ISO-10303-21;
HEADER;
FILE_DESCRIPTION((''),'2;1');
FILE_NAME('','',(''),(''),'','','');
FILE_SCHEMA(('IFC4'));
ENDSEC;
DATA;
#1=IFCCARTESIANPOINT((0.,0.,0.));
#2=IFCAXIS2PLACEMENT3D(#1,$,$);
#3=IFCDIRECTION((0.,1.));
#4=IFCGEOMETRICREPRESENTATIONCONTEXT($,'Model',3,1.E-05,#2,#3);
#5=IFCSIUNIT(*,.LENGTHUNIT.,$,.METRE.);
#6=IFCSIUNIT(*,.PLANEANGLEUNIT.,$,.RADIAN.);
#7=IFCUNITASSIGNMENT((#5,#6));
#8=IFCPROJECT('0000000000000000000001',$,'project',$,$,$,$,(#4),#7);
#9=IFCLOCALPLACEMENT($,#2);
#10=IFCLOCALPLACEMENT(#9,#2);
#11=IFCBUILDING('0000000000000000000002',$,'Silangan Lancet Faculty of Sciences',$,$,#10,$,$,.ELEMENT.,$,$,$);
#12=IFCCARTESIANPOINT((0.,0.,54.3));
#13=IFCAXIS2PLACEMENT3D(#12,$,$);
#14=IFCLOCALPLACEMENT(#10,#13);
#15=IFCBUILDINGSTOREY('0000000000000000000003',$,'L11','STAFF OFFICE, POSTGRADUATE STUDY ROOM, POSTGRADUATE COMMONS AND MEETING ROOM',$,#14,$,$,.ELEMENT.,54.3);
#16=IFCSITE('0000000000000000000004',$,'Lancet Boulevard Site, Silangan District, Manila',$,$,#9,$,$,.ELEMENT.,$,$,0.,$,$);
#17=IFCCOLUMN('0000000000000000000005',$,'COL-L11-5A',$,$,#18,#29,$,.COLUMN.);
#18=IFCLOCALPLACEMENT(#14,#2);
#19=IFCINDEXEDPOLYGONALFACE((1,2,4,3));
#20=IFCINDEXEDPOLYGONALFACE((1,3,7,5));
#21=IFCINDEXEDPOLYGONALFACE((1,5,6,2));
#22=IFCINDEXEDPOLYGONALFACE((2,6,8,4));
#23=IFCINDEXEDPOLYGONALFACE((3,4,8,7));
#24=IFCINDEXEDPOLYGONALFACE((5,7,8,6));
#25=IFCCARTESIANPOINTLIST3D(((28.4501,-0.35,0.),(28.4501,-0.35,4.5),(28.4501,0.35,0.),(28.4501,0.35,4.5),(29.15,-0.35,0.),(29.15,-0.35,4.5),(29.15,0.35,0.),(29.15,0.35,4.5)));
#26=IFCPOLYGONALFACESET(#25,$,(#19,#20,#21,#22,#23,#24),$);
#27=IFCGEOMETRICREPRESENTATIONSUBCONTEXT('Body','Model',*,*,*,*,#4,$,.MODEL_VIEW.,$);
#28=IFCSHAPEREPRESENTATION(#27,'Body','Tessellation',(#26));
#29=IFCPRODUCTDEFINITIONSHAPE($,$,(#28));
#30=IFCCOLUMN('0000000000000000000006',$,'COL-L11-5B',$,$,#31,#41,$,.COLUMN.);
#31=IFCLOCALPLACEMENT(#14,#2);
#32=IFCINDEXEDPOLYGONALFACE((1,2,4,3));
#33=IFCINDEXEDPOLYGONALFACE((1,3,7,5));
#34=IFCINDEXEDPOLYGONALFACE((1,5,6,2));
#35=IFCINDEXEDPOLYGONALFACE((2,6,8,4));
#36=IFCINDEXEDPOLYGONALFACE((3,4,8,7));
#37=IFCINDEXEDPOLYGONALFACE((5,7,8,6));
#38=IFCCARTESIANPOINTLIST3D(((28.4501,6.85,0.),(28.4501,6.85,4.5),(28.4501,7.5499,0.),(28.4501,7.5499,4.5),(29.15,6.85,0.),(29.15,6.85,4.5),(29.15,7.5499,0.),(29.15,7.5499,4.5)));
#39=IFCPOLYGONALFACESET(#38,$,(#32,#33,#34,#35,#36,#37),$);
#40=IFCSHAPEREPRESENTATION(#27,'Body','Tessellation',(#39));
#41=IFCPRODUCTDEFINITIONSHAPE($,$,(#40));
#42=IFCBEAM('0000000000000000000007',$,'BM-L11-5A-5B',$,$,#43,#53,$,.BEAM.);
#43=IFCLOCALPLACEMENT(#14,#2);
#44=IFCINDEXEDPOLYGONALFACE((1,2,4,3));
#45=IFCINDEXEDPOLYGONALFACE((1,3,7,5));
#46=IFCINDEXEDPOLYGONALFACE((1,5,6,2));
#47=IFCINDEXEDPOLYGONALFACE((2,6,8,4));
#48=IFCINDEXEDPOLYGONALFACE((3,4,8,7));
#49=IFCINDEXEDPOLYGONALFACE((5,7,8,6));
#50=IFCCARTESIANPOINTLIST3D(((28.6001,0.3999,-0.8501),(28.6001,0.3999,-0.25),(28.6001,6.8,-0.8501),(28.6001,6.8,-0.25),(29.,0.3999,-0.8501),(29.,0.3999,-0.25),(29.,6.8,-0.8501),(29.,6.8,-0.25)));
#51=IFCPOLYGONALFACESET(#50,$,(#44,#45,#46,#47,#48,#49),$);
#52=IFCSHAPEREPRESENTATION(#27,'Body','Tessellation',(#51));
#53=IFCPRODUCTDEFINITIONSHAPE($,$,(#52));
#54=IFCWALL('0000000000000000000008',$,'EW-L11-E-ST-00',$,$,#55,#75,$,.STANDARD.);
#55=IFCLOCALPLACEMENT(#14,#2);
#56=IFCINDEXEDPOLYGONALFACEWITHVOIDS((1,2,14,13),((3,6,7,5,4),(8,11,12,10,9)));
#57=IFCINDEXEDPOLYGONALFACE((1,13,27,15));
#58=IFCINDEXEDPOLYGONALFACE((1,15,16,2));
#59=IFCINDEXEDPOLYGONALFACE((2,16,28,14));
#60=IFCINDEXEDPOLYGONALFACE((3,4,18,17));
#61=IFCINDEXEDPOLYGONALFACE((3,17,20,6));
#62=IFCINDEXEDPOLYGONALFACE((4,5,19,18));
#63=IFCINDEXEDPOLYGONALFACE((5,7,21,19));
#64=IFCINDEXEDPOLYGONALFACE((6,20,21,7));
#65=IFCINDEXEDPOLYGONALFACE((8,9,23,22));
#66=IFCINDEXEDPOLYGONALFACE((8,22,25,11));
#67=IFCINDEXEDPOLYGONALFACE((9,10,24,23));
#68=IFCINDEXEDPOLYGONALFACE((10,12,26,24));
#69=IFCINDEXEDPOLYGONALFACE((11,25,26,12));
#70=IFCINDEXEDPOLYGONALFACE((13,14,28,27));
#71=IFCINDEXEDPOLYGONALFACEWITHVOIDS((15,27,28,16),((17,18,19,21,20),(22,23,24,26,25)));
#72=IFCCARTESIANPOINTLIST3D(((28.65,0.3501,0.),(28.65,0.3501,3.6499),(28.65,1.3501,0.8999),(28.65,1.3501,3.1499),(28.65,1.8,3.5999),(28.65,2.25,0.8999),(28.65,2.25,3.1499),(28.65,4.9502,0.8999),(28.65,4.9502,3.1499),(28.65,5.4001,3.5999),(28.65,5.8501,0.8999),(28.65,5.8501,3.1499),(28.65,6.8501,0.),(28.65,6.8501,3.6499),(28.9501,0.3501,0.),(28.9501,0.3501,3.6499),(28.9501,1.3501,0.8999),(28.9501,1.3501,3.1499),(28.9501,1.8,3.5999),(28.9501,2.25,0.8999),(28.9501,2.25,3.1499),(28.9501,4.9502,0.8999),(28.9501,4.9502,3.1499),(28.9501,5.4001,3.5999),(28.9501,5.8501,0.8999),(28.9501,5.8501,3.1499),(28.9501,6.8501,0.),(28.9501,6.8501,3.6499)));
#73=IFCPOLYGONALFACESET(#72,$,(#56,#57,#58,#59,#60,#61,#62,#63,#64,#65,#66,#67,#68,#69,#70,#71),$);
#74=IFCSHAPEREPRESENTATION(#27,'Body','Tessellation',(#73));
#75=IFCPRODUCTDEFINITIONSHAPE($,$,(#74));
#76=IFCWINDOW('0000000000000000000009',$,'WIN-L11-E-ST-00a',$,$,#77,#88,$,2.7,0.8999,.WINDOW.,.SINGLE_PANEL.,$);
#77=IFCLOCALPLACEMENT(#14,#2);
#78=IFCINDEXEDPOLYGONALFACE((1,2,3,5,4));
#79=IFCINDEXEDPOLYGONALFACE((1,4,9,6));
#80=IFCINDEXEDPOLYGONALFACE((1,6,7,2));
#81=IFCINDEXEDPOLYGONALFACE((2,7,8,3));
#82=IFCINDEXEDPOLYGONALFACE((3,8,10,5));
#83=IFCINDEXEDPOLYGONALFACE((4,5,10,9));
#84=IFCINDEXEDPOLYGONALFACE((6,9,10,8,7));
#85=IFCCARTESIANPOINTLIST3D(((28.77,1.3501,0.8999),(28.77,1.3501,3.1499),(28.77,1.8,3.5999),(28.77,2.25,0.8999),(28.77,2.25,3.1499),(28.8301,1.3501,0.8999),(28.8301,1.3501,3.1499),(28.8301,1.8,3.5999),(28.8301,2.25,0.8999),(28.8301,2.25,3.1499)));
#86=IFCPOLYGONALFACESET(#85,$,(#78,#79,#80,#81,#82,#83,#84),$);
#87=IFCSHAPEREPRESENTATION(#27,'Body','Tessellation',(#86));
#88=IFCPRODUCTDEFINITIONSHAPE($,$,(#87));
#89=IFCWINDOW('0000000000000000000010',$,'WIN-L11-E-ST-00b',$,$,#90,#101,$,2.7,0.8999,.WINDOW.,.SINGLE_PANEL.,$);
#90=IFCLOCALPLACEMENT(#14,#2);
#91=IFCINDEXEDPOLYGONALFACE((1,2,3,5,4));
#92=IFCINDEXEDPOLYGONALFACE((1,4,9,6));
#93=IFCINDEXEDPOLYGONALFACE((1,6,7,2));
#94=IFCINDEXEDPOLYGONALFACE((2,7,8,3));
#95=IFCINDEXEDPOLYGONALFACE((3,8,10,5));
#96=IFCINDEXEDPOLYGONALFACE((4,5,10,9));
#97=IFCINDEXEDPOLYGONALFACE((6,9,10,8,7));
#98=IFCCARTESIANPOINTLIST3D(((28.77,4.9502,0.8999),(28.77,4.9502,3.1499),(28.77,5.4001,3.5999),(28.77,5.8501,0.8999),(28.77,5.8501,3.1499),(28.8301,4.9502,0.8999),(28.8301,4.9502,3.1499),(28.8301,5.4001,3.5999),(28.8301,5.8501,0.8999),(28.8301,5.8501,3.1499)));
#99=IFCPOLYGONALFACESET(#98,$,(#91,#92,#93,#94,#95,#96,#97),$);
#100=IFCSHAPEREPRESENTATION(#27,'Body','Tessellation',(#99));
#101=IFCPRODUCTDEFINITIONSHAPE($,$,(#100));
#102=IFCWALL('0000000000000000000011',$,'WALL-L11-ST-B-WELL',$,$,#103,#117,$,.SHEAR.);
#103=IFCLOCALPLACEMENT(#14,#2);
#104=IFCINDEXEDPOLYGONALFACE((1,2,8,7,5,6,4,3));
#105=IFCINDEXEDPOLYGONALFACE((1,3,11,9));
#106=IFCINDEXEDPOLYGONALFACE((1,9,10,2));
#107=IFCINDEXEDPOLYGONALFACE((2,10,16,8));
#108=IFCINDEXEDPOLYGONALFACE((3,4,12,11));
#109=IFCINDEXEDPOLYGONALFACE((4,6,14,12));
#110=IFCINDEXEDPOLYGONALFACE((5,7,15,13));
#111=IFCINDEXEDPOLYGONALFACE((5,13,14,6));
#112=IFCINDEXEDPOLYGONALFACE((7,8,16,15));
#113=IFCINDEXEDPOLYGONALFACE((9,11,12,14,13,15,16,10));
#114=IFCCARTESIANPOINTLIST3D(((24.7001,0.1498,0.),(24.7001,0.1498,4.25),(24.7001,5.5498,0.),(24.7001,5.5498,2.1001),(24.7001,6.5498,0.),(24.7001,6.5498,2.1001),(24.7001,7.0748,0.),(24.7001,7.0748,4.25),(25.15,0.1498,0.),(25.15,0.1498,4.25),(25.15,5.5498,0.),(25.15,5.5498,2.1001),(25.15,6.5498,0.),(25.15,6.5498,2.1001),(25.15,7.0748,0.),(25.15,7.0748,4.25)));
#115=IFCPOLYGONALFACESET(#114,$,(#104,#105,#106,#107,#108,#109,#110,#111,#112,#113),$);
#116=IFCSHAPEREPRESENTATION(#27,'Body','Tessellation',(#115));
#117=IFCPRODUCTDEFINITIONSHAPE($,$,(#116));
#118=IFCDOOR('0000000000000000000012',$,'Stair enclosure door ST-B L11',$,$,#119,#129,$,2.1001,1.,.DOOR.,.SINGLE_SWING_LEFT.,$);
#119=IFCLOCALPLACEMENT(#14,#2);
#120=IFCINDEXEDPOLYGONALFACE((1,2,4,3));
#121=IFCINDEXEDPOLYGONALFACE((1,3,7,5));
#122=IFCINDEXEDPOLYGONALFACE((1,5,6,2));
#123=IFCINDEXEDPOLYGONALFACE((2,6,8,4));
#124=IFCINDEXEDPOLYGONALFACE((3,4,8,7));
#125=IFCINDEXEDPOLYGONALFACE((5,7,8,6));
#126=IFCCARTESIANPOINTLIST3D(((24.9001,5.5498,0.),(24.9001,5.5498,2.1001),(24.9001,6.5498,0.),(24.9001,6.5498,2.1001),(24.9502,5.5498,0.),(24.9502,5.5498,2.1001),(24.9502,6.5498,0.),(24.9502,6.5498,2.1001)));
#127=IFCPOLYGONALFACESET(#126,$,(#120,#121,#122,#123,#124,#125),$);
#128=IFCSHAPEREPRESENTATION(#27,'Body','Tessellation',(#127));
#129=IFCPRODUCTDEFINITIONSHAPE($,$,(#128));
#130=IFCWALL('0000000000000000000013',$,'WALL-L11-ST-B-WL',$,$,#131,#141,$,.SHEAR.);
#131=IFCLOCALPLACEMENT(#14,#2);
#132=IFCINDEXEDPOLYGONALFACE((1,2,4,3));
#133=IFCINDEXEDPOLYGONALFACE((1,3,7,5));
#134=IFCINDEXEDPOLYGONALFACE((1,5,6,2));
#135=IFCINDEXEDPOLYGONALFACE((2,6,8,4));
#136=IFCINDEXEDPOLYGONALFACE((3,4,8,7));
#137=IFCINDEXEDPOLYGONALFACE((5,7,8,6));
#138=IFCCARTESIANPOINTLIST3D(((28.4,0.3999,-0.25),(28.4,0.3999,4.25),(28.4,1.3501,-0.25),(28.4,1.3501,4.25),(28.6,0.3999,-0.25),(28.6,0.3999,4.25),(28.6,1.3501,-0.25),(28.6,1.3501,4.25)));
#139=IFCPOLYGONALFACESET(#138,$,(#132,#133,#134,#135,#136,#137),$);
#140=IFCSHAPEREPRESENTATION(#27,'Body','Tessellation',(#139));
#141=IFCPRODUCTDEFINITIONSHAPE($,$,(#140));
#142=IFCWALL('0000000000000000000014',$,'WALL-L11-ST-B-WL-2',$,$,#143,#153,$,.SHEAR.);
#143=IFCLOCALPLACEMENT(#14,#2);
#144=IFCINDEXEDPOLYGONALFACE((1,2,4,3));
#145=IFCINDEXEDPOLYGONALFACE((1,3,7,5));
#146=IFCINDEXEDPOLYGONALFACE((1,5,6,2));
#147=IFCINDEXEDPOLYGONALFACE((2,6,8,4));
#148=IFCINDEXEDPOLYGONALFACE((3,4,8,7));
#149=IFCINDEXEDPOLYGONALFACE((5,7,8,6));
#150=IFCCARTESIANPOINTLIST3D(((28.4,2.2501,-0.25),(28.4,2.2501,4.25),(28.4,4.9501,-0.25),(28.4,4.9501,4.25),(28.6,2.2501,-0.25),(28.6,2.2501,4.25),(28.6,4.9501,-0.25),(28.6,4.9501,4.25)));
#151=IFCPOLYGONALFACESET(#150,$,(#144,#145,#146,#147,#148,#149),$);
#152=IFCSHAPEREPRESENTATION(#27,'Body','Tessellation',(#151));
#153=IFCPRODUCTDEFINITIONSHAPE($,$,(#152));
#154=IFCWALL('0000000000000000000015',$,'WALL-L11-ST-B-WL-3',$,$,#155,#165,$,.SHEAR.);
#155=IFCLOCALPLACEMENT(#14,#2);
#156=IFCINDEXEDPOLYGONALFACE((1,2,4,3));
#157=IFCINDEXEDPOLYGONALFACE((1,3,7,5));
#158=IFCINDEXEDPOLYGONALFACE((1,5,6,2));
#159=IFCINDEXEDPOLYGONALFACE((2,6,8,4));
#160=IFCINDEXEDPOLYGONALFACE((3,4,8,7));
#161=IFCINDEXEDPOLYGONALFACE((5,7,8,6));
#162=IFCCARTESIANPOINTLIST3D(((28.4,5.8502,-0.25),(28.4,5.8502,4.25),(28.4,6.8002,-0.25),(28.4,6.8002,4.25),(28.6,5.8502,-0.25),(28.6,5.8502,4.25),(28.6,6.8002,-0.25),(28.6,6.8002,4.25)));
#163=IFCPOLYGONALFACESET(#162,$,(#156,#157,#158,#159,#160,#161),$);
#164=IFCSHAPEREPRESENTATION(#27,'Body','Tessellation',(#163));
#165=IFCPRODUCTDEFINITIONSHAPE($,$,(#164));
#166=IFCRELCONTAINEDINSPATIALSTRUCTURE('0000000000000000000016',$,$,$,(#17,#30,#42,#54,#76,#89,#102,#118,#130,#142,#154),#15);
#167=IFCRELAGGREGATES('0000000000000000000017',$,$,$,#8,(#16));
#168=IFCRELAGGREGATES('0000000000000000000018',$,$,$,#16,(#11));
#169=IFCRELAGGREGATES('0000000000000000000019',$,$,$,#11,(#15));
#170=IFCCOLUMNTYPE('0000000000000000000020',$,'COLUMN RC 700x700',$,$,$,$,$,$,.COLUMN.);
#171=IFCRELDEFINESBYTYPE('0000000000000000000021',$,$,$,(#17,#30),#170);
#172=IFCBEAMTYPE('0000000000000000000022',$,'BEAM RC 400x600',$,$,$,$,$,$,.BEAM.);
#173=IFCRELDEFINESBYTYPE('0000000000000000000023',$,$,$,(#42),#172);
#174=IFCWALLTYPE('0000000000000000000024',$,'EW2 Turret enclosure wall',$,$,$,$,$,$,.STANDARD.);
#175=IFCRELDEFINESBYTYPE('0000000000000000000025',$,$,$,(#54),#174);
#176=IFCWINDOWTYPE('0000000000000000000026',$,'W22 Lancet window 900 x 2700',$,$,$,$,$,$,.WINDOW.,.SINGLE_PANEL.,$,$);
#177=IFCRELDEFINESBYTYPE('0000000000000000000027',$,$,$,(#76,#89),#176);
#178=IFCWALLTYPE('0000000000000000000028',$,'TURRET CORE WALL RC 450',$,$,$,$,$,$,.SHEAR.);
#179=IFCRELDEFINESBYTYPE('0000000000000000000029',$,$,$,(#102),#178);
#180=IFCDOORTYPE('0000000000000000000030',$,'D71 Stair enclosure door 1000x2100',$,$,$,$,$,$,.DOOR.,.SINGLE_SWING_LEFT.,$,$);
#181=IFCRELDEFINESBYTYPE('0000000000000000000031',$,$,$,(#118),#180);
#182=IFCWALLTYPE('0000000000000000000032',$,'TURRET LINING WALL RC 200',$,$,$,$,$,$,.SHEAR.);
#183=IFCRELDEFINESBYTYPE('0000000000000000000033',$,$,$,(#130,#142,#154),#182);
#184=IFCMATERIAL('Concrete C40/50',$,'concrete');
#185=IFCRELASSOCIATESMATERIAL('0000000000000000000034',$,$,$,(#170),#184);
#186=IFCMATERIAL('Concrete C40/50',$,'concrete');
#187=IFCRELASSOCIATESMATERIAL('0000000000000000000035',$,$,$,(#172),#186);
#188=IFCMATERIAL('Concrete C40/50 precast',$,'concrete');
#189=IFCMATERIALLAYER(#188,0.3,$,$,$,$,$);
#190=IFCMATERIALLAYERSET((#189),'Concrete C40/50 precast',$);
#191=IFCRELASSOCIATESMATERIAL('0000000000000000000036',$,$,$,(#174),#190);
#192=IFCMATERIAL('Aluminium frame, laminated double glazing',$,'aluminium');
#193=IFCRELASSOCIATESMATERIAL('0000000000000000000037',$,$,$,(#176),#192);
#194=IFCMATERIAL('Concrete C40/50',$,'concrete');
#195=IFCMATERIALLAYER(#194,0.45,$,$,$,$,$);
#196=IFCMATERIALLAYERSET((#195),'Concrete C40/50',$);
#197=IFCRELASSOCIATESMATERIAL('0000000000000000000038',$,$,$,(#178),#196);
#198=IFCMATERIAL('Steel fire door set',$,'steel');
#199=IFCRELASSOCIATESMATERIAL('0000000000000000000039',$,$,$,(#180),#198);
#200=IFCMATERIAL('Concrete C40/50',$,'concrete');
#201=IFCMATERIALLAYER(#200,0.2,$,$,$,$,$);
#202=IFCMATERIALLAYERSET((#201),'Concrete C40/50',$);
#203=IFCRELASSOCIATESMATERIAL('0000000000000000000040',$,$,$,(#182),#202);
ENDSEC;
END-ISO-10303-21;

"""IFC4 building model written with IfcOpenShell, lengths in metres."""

from ifc_helpers import new_model, si_unit, direction, frame, frame_2d, origin, origin_2d, place, context, subcontext, project, spatial, polyline, rectangle, outline, extrude, material, layer, layer_set, material_profile, profile_set, type_object, element, fill, save


model = new_model("IFC4")

# Units and contexts
model_context = context("Model", 3, precision=1e-05, world=origin(), true_north=direction((0.0, 1.0)))
body_context = subcontext(model_context, "Body", "Model", "MODEL_VIEW")
ifc_project = project(units=[si_unit("LENGTHUNIT", "METRE"), si_unit("PLANEANGLEUNIT", "RADIAN")], contexts=[model_context])

# Site, building, storey
site_placement = place(None, origin())
site = spatial("IfcSite", under=ifc_project, at=site_placement, Name="Lancet Boulevard Site, Silangan District, Manila", CompositionType="ELEMENT", RefElevation=0.0)
building_placement = place(site_placement, origin())
building = spatial("IfcBuilding", under=site, at=building_placement, Name="Silangan Lancet Faculty of Sciences", CompositionType="ELEMENT")
storey_placement = place(building_placement, frame((0.0, 0.0, 54.3)))
storey = spatial("IfcBuildingStorey", under=building, at=storey_placement, Name="L11", Description="STAFF OFFICE, POSTGRADUATE STUDY ROOM, POSTGRADUATE COMMONS AND MEETING ROOM", CompositionType="ELEMENT", Elevation=54.3)

# Columns
ifc_material_1 = material(Name="Concrete C40/50", Category="concrete")
ifc_material_profile_1 = material_profile(ifc_material_1, rectangle(XDim=0.7, YDim=0.7, at=origin_2d()), Name="RC 700x700")
ifc_profile_set_1 = profile_set([ifc_material_profile_1], Name="Concrete C40/50")
column_type = type_object("IfcColumnType", Name="COLUMN RC 700x700", PredefinedType="COLUMN", material=ifc_profile_set_1)
for number, where, z_axis, x_axis, name in (
    (1, (28.8, 0.0, 0.0), (0.0, 0.0, 1.0), (1.0, 0.0, 0.0), "COL-L11-5A"),
    (2, (28.8, 7.2, 0.0), (0.0, 0.0, 1.0), (1.0, 0.0, 0.0), "COL-L11-5B"),
):
    element("IfcColumn", number, at=place(storey_placement, frame(where, z_axis=z_axis, x_axis=x_axis)), inside=storey, type_object=column_type, Name=name, PredefinedType="COLUMN", context=body_context, shape_type="SweptSolid", body=[
        extrude(rectangle(XDim=0.7, YDim=0.7, at=origin_2d()), origin(), (0.0, 0.0, 1.0), 4.5),
    ])

# Beam
ifc_material_2 = material(Name="Concrete C40/50", Category="concrete")
ifc_material_profile_2 = material_profile(ifc_material_2, rectangle(XDim=0.3999, YDim=0.6001, at=origin_2d()), Name="RC 400x600")
ifc_profile_set_2 = profile_set([ifc_material_profile_2], Name="Concrete C40/50")
beam_type = type_object("IfcBeamType", Name="BEAM RC 400x600", PredefinedType="BEAM", material=ifc_profile_set_2)
beam_placement = place(storey_placement, frame((28.8, 0.3999, -0.55), z_axis=(0.0, 1.0, 0.0), x_axis=(-1.0, 0.0, 0.0)))
element("IfcBeam", 3, at=beam_placement, inside=storey, type_object=beam_type, Name="BM-L11-5A-5B", PredefinedType="BEAM", context=body_context, shape_type="SweptSolid", body=[
    extrude(rectangle(XDim=0.3999, YDim=0.6001, at=origin_2d()), origin(), (0.0, 0.0, 1.0), 6.4001),
])

# Wall, openings, windows
ifc_material_3 = material(Name="Concrete C40/50 precast", Category="concrete")
ifc_layer_1 = layer(ifc_material_3, 0.3)
ifc_layer_set_1 = layer_set([ifc_layer_1], Name="Concrete C40/50 precast")
wall_type_1 = type_object("IfcWallType", Name="EW2 Turret enclosure wall", PredefinedType="STANDARD", material=ifc_layer_set_1)
wall_1_placement = place(storey_placement, frame((28.8, 0.3501, 0.0), z_axis=(0.0, 0.0, 1.0), x_axis=(0.0, 1.0, 0.0)))
wall_1 = element("IfcWall", 4, at=wall_1_placement, inside=storey, type_object=wall_type_1, Name="EW-L11-E-ST-00", PredefinedType="STANDARD", context=body_context, shape_type="SweptSolid", body=[
    extrude(rectangle(XDim=6.5, YDim=0.3, at=frame_2d((3.25, 0.0))), origin(), (0.0, 0.0, 1.0), 3.6499),
])
opening_1_placement = place(wall_1_placement, frame((1.0, 0.0, 0.8999)))
opening_1 = element("IfcOpeningElement", 5, at=opening_1_placement, cuts=wall_1, PredefinedType="OPENING", context=body_context, shape_type="SweptSolid", body=[
    extrude(outline(polyline([(0.0, 0.0), (0.8999, 0.0), (0.8999, 2.25), (0.45, 2.7), (0.0, 2.25), (0.0, 0.0)])), frame((0.0, 0.1599, 0.0), z_axis=(0.0, -1.0, 0.0), x_axis=(1.0, 0.0, 0.0)), (0.0, 0.0, 1.0), 0.3201),
])
opening_2_placement = place(wall_1_placement, frame((4.6001, 0.0, 0.8999)))
opening_2 = element("IfcOpeningElement", 6, at=opening_2_placement, cuts=wall_1, PredefinedType="OPENING", context=body_context, shape_type="SweptSolid", body=[
    extrude(outline(polyline([(0.0, 0.0), (0.8999, 0.0), (0.8999, 2.25), (0.45, 2.7), (0.0, 2.25), (0.0, 0.0)])), frame((0.0, 0.1599, 0.0), z_axis=(0.0, -1.0, 0.0), x_axis=(1.0, 0.0, 0.0)), (0.0, 0.0, 1.0), 0.3201),
])
ifc_material_4 = material(Name="Aluminium frame, laminated double glazing", Category="aluminium")
window_type = type_object("IfcWindowType", Name="W22 Lancet window 900 x 2700", PartitioningType="SINGLE_PANEL", PredefinedType="WINDOW", material=ifc_material_4)
window_1_placement = place(opening_1_placement, origin())
window_1 = element("IfcWindow", 7, at=window_1_placement, inside=storey, type_object=window_type, Name="WIN-L11-E-ST-00a", OverallHeight=2.7, OverallWidth=0.8999, PartitioningType="SINGLE_PANEL", PredefinedType="WINDOW", context=body_context, shape_type="SweptSolid", body=[
    extrude(outline(polyline([(0.0, 0.0), (0.8999, 0.0), (0.8999, 2.25), (0.45, 2.7), (0.0, 2.25), (0.0, 0.0)])), frame((0.0, 0.03, 0.0), z_axis=(0.0, -1.0, 0.0), x_axis=(1.0, 0.0, 0.0)), (0.0, 0.0, 1.0), 0.0601),
])
fill(opening_1, window_1)
window_2_placement = place(opening_2_placement, origin())
window_2 = element("IfcWindow", 8, at=window_2_placement, inside=storey, type_object=window_type, Name="WIN-L11-E-ST-00b", OverallHeight=2.7, OverallWidth=0.8999, PartitioningType="SINGLE_PANEL", PredefinedType="WINDOW", context=body_context, shape_type="SweptSolid", body=[
    extrude(outline(polyline([(0.0, 0.0), (0.8999, 0.0), (0.8999, 2.25), (0.45, 2.7), (0.0, 2.25), (0.0, 0.0)])), frame((0.0, 0.03, 0.0), z_axis=(0.0, -1.0, 0.0), x_axis=(1.0, 0.0, 0.0)), (0.0, 0.0, 1.0), 0.0601),
])
fill(opening_2, window_2)

# Wall, opening, door
ifc_material_5 = material(Name="Concrete C40/50", Category="concrete")
ifc_layer_2 = layer(ifc_material_5, 0.45)
ifc_layer_set_2 = layer_set([ifc_layer_2], Name="Concrete C40/50")
wall_type_2 = type_object("IfcWallType", Name="TURRET CORE WALL RC 450", PredefinedType="SHEAR", material=ifc_layer_set_2)
wall_2_placement = place(storey_placement, frame((24.925, 0.1499, 0.0), z_axis=(0.0, 0.0, 1.0), x_axis=(0.0, 1.0, 0.0)))
wall_2 = element("IfcWall", 9, at=wall_2_placement, inside=storey, type_object=wall_type_2, Name="WALL-L11-ST-B-WELL", PredefinedType="SHEAR", context=body_context, shape_type="SweptSolid", body=[
    extrude(rectangle(XDim=6.925, YDim=0.45, at=frame_2d((3.4624, 0.0))), origin(), (0.0, 0.0, 1.0), 4.25),
])
opening_3_placement = place(wall_2_placement, frame((5.3999, 0.0, 0.0)))
opening_3 = element("IfcOpeningElement", 10, at=opening_3_placement, cuts=wall_2, PredefinedType="OPENING", context=body_context, shape_type="SweptSolid", body=[
    extrude(rectangle(XDim=1.0, YDim=2.1001, at=frame_2d((0.5, 1.05))), frame((0.0, 0.2349, 0.0), z_axis=(0.0, -1.0, 0.0), x_axis=(1.0, 0.0, 0.0)), (0.0, 0.0, 1.0), 0.47),
])
ifc_material_6 = material(Name="Steel fire door set", Category="steel")
door_type = type_object("IfcDoorType", Name="D71 Stair enclosure door 1000x2100", OperationType="SINGLE_SWING_LEFT", PredefinedType="DOOR", material=ifc_material_6)
door_placement = place(opening_3_placement, frame((1.0, 0.0, 0.0), z_axis=(0.0, 0.0, 1.0), x_axis=(-1.0, 0.0, 0.0)))
door = element("IfcDoor", 11, at=door_placement, inside=storey, type_object=door_type, Name="Stair enclosure door ST-B L11", OperationType="SINGLE_SWING_LEFT", OverallHeight=2.1001, OverallWidth=1.0, PredefinedType="DOOR", context=body_context, shape_type="SweptSolid", body=[
    extrude(rectangle(XDim=1.0, YDim=2.1001, at=frame_2d((0.5, 1.05))), frame((0.0, 0.0251, 0.0), z_axis=(0.0, -1.0, 0.0), x_axis=(1.0, 0.0, 0.0)), (0.0, 0.0, 1.0), 0.05),
])
fill(opening_3, door)

# Walls
ifc_material_7 = material(Name="Concrete C40/50", Category="concrete")
ifc_layer_3 = layer(ifc_material_7, 0.2)
ifc_layer_set_3 = layer_set([ifc_layer_3], Name="Concrete C40/50")
wall_type_3 = type_object("IfcWallType", Name="TURRET LINING WALL RC 200", PredefinedType="SHEAR", material=ifc_layer_set_3)
wall_3_placement = place(storey_placement, frame((28.5, 0.3999, -0.25), z_axis=(0.0, 0.0, 1.0), x_axis=(0.0, 1.0, 0.0)))
element("IfcWall", 12, at=wall_3_placement, inside=storey, type_object=wall_type_3, Name="WALL-L11-ST-B-WL", PredefinedType="SHEAR", context=body_context, shape_type="SweptSolid", body=[
    extrude(rectangle(XDim=0.9502, YDim=0.2, at=frame_2d((0.4751, 0.0))), origin(), (0.0, 0.0, 1.0), 4.5),
])
wall_4_placement = place(storey_placement, frame((28.5, 2.25, -0.25), z_axis=(0.0, 0.0, 1.0), x_axis=(0.0, 1.0, 0.0)))
element("IfcWall", 13, at=wall_4_placement, inside=storey, type_object=wall_type_3, Name="WALL-L11-ST-B-WL-2", PredefinedType="SHEAR", context=body_context, shape_type="SweptSolid", body=[
    extrude(rectangle(XDim=2.7, YDim=0.2, at=frame_2d((1.3501, 0.0))), origin(), (0.0, 0.0, 1.0), 4.5),
])
wall_5_placement = place(storey_placement, frame((28.5, 5.8501, -0.25), z_axis=(0.0, 0.0, 1.0), x_axis=(0.0, 1.0, 0.0)))
element("IfcWall", 14, at=wall_5_placement, inside=storey, type_object=wall_type_3, Name="WALL-L11-ST-B-WL-3", PredefinedType="SHEAR", context=body_context, shape_type="SweptSolid", body=[
    extrude(rectangle(XDim=0.95, YDim=0.2, at=frame_2d((0.4751, 0.0))), origin(), (0.0, 0.0, 1.0), 4.5),
])

save(model, "model.ifc")
